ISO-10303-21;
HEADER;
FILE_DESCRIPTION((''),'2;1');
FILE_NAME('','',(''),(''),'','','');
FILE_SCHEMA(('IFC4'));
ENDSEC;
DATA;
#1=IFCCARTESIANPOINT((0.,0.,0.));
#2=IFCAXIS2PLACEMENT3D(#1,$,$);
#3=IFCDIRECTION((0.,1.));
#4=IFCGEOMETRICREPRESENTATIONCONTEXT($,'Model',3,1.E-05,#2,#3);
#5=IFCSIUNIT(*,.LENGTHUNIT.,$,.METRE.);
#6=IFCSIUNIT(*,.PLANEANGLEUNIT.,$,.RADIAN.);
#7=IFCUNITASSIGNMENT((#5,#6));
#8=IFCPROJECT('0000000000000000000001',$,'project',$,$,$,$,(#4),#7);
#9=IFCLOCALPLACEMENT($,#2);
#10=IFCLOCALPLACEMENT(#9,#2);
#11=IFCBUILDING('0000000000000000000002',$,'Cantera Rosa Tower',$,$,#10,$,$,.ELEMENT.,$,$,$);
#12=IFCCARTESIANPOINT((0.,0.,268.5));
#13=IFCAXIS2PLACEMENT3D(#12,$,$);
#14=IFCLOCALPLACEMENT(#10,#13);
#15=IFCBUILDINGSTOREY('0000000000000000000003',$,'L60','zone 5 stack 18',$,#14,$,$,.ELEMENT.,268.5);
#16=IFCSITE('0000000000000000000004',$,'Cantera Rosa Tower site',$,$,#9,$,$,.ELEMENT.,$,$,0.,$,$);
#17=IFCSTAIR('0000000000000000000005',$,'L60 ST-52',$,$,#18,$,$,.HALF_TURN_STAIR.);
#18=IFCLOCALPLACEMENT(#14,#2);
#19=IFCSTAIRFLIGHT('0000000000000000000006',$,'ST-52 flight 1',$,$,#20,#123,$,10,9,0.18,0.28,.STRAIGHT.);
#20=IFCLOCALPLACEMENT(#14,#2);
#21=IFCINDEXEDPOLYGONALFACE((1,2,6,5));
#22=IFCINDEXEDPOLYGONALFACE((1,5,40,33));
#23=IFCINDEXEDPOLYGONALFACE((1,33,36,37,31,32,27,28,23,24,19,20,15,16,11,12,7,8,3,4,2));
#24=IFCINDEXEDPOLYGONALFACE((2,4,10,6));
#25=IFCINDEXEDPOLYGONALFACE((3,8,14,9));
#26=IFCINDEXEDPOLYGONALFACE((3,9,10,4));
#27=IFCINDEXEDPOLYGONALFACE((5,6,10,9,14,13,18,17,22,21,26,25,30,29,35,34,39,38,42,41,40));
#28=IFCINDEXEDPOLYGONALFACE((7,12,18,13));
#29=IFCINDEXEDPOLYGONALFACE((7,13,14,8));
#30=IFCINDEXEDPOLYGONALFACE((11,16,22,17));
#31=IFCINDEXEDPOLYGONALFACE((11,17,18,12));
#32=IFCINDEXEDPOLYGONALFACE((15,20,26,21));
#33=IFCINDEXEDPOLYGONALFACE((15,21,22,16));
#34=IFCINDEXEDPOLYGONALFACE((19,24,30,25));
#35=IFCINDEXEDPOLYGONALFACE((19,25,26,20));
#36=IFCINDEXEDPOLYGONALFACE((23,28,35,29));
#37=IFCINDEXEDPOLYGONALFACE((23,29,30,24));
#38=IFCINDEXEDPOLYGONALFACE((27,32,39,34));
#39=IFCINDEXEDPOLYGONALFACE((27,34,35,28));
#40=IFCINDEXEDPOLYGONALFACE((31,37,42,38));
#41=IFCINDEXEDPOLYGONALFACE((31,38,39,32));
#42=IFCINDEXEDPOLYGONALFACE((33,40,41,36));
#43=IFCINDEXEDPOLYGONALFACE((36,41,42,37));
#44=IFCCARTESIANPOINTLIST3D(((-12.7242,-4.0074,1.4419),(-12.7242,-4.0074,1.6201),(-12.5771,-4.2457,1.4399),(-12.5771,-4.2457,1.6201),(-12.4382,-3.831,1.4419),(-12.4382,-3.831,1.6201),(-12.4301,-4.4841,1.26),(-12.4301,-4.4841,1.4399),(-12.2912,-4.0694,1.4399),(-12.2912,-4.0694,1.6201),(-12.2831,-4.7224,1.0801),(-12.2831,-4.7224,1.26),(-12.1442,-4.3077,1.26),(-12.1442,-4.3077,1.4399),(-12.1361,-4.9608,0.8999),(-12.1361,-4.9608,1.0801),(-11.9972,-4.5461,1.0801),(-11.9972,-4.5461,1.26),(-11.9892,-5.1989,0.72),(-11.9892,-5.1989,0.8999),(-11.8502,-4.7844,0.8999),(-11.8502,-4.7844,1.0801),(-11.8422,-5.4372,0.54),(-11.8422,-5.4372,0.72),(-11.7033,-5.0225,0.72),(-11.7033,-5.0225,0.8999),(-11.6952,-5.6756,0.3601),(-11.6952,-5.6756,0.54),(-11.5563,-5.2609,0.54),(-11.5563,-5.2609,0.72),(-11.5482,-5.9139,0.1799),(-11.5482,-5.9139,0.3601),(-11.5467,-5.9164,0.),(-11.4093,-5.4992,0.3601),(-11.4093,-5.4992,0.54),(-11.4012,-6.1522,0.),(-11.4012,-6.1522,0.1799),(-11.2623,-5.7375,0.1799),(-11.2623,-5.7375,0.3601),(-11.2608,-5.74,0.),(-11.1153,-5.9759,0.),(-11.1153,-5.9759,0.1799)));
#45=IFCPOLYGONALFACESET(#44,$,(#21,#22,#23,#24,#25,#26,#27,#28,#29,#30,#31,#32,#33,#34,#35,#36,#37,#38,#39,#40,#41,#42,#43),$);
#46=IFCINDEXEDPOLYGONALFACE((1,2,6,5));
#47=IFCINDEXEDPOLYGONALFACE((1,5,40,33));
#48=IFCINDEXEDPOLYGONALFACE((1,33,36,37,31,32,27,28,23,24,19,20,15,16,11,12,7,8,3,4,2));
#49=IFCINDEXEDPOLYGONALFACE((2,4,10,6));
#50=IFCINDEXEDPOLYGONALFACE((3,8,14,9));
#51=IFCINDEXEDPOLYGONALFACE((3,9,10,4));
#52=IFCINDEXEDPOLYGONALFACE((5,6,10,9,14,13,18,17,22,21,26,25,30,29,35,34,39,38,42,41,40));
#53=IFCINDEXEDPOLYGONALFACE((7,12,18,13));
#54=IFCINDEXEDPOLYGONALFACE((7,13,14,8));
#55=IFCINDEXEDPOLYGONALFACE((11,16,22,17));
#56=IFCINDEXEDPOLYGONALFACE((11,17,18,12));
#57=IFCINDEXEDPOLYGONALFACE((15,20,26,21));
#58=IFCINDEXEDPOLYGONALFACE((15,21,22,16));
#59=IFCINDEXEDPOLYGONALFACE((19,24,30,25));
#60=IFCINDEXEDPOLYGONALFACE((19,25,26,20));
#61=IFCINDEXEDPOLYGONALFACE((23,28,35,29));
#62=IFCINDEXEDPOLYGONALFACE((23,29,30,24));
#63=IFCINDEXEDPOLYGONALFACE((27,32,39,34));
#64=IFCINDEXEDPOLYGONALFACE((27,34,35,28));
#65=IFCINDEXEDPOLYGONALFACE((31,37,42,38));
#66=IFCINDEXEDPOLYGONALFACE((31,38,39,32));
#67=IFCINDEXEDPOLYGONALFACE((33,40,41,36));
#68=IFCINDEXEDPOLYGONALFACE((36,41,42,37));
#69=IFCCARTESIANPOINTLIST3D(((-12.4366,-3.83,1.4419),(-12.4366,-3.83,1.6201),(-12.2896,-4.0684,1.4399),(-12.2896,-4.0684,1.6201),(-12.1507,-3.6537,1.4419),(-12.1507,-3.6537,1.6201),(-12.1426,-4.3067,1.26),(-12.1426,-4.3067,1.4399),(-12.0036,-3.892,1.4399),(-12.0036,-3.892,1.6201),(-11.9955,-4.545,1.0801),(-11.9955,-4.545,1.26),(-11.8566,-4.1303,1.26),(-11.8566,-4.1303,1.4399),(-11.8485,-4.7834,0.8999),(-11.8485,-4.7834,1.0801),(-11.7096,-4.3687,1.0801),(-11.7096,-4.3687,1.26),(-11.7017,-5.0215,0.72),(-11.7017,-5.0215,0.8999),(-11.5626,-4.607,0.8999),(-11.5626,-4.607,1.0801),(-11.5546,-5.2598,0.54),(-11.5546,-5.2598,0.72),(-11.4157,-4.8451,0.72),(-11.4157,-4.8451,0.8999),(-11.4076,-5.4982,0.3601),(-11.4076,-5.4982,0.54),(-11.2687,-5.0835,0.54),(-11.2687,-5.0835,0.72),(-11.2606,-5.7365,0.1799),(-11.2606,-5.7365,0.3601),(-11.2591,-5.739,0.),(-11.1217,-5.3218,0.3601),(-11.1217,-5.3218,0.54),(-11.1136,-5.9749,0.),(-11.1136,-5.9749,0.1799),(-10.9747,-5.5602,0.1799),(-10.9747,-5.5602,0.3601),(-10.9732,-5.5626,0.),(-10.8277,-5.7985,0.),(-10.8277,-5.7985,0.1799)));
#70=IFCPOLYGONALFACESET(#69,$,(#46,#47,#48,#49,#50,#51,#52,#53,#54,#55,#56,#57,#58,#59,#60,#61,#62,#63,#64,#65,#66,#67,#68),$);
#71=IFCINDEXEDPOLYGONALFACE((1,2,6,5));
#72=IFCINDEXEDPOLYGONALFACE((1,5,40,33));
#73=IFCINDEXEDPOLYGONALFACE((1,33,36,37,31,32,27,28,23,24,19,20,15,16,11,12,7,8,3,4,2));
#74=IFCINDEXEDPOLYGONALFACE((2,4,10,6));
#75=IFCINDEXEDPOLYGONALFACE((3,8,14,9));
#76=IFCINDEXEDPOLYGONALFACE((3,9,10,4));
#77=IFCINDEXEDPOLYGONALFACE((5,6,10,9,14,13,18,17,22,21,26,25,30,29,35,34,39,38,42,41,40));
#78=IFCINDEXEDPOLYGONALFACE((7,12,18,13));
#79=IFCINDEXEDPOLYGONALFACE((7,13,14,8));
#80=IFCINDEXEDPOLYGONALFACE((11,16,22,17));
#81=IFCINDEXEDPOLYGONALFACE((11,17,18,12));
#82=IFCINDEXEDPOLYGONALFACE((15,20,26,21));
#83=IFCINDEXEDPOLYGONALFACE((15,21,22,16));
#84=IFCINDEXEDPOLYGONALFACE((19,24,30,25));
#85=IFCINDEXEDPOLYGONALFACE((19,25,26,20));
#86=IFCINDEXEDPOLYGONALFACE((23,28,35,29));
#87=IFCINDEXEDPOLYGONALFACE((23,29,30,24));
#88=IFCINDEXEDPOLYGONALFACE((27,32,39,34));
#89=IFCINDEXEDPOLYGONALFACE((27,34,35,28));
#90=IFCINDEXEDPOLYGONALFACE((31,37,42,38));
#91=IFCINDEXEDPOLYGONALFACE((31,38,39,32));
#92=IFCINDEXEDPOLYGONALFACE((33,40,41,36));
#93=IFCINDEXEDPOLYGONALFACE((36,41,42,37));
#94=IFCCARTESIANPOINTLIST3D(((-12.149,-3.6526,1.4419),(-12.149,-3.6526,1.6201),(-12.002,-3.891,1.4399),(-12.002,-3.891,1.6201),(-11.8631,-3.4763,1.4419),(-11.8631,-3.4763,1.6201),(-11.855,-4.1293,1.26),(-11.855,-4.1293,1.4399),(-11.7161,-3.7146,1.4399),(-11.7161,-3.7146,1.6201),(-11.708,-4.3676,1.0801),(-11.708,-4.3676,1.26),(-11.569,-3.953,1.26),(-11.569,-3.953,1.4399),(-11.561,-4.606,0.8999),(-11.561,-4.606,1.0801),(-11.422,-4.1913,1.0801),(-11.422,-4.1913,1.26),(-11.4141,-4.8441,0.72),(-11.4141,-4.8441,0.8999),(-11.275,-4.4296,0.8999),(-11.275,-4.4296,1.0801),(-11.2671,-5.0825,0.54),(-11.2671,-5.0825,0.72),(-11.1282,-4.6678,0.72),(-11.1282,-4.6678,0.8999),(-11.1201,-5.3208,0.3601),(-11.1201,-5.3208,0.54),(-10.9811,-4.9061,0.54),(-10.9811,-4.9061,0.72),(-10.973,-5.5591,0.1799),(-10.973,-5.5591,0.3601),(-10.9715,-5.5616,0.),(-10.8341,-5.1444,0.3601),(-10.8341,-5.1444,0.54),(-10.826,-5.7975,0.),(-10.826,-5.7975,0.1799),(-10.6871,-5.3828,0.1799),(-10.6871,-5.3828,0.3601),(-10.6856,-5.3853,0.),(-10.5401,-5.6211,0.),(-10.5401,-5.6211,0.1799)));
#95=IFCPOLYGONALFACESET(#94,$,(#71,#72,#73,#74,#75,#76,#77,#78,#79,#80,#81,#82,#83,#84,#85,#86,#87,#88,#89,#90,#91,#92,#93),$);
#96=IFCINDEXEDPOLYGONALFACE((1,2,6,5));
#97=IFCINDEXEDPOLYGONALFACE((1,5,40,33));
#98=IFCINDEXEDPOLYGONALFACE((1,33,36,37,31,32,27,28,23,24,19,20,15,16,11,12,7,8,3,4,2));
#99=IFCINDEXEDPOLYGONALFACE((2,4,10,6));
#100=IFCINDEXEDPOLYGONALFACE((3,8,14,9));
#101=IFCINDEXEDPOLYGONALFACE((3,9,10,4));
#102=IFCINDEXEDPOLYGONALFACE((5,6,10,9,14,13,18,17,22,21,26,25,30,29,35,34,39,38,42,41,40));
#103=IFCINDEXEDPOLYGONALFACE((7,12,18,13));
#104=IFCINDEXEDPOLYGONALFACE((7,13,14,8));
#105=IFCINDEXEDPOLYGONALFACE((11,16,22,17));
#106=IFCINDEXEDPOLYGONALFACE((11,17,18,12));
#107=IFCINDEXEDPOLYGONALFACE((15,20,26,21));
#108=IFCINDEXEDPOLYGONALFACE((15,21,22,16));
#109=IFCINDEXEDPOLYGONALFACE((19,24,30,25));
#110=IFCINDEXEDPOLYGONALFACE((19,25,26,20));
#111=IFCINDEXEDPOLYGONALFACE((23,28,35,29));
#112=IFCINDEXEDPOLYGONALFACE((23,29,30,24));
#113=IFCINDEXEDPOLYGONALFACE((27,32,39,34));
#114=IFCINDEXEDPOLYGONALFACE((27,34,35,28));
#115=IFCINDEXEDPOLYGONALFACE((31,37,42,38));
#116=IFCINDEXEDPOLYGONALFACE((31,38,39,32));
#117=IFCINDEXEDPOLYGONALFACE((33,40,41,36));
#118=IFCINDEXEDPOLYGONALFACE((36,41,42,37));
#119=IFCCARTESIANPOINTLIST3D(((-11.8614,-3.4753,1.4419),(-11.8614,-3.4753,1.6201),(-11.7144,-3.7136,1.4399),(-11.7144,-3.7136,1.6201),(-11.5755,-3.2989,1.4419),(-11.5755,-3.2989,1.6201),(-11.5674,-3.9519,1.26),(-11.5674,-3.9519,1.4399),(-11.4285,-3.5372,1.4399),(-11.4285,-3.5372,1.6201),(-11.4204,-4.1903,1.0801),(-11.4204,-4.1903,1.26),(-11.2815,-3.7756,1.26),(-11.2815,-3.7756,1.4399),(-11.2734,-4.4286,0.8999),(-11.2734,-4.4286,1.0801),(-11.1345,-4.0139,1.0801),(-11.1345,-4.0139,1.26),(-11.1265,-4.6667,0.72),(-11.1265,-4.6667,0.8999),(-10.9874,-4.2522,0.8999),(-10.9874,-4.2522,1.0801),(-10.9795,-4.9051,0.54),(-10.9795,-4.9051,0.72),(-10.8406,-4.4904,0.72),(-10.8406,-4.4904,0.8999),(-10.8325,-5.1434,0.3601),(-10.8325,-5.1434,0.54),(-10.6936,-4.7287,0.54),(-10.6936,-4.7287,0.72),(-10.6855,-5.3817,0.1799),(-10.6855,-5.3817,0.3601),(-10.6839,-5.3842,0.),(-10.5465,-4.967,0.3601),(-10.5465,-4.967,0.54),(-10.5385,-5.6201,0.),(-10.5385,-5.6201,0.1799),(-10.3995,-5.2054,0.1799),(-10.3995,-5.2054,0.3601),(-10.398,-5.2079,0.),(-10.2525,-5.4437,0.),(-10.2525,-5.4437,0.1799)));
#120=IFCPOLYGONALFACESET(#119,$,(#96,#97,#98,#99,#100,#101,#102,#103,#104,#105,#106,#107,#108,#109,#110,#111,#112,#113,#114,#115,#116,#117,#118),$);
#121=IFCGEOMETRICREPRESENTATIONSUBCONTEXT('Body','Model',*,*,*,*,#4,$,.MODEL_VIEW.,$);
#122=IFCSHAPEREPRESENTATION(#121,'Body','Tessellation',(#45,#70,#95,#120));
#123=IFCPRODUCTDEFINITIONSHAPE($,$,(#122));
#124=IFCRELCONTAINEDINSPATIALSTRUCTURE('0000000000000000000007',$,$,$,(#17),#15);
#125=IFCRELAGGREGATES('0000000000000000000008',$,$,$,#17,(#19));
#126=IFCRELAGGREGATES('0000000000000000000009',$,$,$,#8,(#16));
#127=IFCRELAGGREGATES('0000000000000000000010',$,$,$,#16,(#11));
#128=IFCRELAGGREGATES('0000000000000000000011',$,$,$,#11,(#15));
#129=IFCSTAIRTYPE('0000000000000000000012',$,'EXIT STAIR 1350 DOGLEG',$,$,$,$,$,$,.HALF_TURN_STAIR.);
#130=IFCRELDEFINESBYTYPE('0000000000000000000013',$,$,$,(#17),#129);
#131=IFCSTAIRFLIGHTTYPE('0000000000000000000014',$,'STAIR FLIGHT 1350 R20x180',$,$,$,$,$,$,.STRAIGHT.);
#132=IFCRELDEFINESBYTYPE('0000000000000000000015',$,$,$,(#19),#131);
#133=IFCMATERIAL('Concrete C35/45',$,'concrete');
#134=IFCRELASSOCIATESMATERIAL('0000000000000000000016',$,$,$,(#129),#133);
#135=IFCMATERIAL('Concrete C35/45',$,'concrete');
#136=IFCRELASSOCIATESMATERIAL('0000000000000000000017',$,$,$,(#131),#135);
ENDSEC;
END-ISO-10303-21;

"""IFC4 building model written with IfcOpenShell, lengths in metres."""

from ifc_helpers import new_model, si_unit, direction, frame, origin, place, context, subcontext, project, spatial, polyline, outline, extrude, material, type_object, element, aggregate, save


model = new_model("IFC4")

# Units and contexts
model_context = context("Model", 3, precision=1e-05, world=origin(), true_north=direction((0.0, 1.0)))
body_context = subcontext(model_context, "Body", "Model", "MODEL_VIEW")
ifc_project = project(units=[si_unit("LENGTHUNIT", "METRE"), si_unit("PLANEANGLEUNIT", "RADIAN")], contexts=[model_context])

# Site, building, storey
site_placement = place(None, origin())
site = spatial("IfcSite", under=ifc_project, at=site_placement, Name="Cantera Rosa Tower site", CompositionType="ELEMENT", RefElevation=0.0)
building_placement = place(site_placement, origin())
building = spatial("IfcBuilding", under=site, at=building_placement, Name="Cantera Rosa Tower", CompositionType="ELEMENT")
storey_placement = place(building_placement, frame((0.0, 0.0, 268.5)))
storey = spatial("IfcBuildingStorey", under=building, at=storey_placement, Name="L60", Description="zone 5 stack 18", CompositionType="ELEMENT", Elevation=268.5)

# Stair, stair flight
ifc_material_1 = material(Name="Concrete C35/45", Category="concrete")
stair_type_1 = type_object("IfcStairType", Name="EXIT STAIR 1350 DOGLEG", PredefinedType="HALF_TURN_STAIR", material=ifc_material_1)
stair_1_placement = place(storey_placement, origin())
stair_1 = element("IfcStair", 1, at=stair_1_placement, inside=storey, type_object=stair_type_1, Name="L60 ST-52", PredefinedType="HALF_TURN_STAIR")
ifc_material_2 = material(Name="Concrete C35/45", Category="concrete")
stair_flight_type_1 = type_object("IfcStairFlightType", Name="STAIR FLIGHT 1350 R20x180", PredefinedType="STRAIGHT", material=ifc_material_2)
stair_flight_1_placement = place(storey_placement, frame((-10.8267, -5.7979, 0.0), z_axis=(0.0, 0.0, 1.0), x_axis=(-0.524977, 0.851117, 0.0)))
stair_flight_1 = element("IfcStairFlight", 2, at=stair_flight_1_placement, type_object=stair_flight_type_1, Name="ST-52 flight 1", NumberOfRisers=10, NumberOfTreads=9, PredefinedType="STRAIGHT", RiserHeight=0.18, TreadLength=0.28, context=body_context, shape_type="SweptSolid", body=[
    extrude(outline(polyline([(0.0, 0.0), (0.0, 0.1799), (0.28, 0.1799), (0.28, 0.3601), (0.5601, 0.3601), (0.5601, 0.54), (0.8401, 0.54), (0.8401, 0.72), (1.1201, 0.72), (1.1201, 0.8999), (1.3999, 0.8999), (1.3999, 1.0801), (1.6799, 1.0801), (1.6799, 1.26), (1.96, 1.26), (1.96, 1.4399), (2.24, 1.4399), (2.24, 1.6201), (2.52, 1.6201), (2.52, 1.8), (2.52, 1.4419), (0.2771, 0.0), (0.0, 0.0)])), frame((0.0, 0.675, 0.0), z_axis=(0.0, -1.0, 0.0), x_axis=(1.0, 0.0, 0.0)), (0.0, 0.0, 1.0), 0.3359),
    extrude(outline(polyline([(0.0, 0.0), (0.0, 0.1799), (0.28, 0.1799), (0.28, 0.3601), (0.5601, 0.3601), (0.5601, 0.54), (0.8401, 0.54), (0.8401, 0.72), (1.1201, 0.72), (1.1201, 0.8999), (1.3999, 0.8999), (1.3999, 1.0801), (1.6799, 1.0801), (1.6799, 1.26), (1.96, 1.26), (1.96, 1.4399), (2.24, 1.4399), (2.24, 1.6201), (2.52, 1.6201), (2.52, 1.8), (2.52, 1.4419), (0.2771, 0.0), (0.0, 0.0)])), frame((0.0, 0.3372, 0.0), z_axis=(0.0, -1.0, 0.0), x_axis=(1.0, 0.0, 0.0)), (0.0, 0.0, 1.0), 0.3359),
    extrude(outline(polyline([(0.0, 0.0), (0.0, 0.1799), (0.28, 0.1799), (0.28, 0.3601), (0.5601, 0.3601), (0.5601, 0.54), (0.8401, 0.54), (0.8401, 0.72), (1.1201, 0.72), (1.1201, 0.8999), (1.3999, 0.8999), (1.3999, 1.0801), (1.6799, 1.0801), (1.6799, 1.26), (1.96, 1.26), (1.96, 1.4399), (2.24, 1.4399), (2.24, 1.6201), (2.52, 1.6201), (2.52, 1.8), (2.52, 1.4419), (0.2771, 0.0), (0.0, 0.0)])), frame((0.0, -0.0007, 0.0), z_axis=(0.0, -1.0, 0.0), x_axis=(1.0, 0.0, 0.0)), (0.0, 0.0, 1.0), 0.3359),
    extrude(outline(polyline([(0.0, 0.0), (0.0, 0.1799), (0.28, 0.1799), (0.28, 0.3601), (0.5601, 0.3601), (0.5601, 0.54), (0.8401, 0.54), (0.8401, 0.72), (1.1201, 0.72), (1.1201, 0.8999), (1.3999, 0.8999), (1.3999, 1.0801), (1.6799, 1.0801), (1.6799, 1.26), (1.96, 1.26), (1.96, 1.4399), (2.24, 1.4399), (2.24, 1.6201), (2.52, 1.6201), (2.52, 1.8), (2.52, 1.4419), (0.2771, 0.0), (0.0, 0.0)])), frame((0.0, -0.3386, 0.0), z_axis=(0.0, -1.0, 0.0), x_axis=(1.0, 0.0, 0.0)), (0.0, 0.0, 1.0), 0.3359),
])
aggregate(stair_1, [stair_flight_1])

save(model, "model.ifc")
